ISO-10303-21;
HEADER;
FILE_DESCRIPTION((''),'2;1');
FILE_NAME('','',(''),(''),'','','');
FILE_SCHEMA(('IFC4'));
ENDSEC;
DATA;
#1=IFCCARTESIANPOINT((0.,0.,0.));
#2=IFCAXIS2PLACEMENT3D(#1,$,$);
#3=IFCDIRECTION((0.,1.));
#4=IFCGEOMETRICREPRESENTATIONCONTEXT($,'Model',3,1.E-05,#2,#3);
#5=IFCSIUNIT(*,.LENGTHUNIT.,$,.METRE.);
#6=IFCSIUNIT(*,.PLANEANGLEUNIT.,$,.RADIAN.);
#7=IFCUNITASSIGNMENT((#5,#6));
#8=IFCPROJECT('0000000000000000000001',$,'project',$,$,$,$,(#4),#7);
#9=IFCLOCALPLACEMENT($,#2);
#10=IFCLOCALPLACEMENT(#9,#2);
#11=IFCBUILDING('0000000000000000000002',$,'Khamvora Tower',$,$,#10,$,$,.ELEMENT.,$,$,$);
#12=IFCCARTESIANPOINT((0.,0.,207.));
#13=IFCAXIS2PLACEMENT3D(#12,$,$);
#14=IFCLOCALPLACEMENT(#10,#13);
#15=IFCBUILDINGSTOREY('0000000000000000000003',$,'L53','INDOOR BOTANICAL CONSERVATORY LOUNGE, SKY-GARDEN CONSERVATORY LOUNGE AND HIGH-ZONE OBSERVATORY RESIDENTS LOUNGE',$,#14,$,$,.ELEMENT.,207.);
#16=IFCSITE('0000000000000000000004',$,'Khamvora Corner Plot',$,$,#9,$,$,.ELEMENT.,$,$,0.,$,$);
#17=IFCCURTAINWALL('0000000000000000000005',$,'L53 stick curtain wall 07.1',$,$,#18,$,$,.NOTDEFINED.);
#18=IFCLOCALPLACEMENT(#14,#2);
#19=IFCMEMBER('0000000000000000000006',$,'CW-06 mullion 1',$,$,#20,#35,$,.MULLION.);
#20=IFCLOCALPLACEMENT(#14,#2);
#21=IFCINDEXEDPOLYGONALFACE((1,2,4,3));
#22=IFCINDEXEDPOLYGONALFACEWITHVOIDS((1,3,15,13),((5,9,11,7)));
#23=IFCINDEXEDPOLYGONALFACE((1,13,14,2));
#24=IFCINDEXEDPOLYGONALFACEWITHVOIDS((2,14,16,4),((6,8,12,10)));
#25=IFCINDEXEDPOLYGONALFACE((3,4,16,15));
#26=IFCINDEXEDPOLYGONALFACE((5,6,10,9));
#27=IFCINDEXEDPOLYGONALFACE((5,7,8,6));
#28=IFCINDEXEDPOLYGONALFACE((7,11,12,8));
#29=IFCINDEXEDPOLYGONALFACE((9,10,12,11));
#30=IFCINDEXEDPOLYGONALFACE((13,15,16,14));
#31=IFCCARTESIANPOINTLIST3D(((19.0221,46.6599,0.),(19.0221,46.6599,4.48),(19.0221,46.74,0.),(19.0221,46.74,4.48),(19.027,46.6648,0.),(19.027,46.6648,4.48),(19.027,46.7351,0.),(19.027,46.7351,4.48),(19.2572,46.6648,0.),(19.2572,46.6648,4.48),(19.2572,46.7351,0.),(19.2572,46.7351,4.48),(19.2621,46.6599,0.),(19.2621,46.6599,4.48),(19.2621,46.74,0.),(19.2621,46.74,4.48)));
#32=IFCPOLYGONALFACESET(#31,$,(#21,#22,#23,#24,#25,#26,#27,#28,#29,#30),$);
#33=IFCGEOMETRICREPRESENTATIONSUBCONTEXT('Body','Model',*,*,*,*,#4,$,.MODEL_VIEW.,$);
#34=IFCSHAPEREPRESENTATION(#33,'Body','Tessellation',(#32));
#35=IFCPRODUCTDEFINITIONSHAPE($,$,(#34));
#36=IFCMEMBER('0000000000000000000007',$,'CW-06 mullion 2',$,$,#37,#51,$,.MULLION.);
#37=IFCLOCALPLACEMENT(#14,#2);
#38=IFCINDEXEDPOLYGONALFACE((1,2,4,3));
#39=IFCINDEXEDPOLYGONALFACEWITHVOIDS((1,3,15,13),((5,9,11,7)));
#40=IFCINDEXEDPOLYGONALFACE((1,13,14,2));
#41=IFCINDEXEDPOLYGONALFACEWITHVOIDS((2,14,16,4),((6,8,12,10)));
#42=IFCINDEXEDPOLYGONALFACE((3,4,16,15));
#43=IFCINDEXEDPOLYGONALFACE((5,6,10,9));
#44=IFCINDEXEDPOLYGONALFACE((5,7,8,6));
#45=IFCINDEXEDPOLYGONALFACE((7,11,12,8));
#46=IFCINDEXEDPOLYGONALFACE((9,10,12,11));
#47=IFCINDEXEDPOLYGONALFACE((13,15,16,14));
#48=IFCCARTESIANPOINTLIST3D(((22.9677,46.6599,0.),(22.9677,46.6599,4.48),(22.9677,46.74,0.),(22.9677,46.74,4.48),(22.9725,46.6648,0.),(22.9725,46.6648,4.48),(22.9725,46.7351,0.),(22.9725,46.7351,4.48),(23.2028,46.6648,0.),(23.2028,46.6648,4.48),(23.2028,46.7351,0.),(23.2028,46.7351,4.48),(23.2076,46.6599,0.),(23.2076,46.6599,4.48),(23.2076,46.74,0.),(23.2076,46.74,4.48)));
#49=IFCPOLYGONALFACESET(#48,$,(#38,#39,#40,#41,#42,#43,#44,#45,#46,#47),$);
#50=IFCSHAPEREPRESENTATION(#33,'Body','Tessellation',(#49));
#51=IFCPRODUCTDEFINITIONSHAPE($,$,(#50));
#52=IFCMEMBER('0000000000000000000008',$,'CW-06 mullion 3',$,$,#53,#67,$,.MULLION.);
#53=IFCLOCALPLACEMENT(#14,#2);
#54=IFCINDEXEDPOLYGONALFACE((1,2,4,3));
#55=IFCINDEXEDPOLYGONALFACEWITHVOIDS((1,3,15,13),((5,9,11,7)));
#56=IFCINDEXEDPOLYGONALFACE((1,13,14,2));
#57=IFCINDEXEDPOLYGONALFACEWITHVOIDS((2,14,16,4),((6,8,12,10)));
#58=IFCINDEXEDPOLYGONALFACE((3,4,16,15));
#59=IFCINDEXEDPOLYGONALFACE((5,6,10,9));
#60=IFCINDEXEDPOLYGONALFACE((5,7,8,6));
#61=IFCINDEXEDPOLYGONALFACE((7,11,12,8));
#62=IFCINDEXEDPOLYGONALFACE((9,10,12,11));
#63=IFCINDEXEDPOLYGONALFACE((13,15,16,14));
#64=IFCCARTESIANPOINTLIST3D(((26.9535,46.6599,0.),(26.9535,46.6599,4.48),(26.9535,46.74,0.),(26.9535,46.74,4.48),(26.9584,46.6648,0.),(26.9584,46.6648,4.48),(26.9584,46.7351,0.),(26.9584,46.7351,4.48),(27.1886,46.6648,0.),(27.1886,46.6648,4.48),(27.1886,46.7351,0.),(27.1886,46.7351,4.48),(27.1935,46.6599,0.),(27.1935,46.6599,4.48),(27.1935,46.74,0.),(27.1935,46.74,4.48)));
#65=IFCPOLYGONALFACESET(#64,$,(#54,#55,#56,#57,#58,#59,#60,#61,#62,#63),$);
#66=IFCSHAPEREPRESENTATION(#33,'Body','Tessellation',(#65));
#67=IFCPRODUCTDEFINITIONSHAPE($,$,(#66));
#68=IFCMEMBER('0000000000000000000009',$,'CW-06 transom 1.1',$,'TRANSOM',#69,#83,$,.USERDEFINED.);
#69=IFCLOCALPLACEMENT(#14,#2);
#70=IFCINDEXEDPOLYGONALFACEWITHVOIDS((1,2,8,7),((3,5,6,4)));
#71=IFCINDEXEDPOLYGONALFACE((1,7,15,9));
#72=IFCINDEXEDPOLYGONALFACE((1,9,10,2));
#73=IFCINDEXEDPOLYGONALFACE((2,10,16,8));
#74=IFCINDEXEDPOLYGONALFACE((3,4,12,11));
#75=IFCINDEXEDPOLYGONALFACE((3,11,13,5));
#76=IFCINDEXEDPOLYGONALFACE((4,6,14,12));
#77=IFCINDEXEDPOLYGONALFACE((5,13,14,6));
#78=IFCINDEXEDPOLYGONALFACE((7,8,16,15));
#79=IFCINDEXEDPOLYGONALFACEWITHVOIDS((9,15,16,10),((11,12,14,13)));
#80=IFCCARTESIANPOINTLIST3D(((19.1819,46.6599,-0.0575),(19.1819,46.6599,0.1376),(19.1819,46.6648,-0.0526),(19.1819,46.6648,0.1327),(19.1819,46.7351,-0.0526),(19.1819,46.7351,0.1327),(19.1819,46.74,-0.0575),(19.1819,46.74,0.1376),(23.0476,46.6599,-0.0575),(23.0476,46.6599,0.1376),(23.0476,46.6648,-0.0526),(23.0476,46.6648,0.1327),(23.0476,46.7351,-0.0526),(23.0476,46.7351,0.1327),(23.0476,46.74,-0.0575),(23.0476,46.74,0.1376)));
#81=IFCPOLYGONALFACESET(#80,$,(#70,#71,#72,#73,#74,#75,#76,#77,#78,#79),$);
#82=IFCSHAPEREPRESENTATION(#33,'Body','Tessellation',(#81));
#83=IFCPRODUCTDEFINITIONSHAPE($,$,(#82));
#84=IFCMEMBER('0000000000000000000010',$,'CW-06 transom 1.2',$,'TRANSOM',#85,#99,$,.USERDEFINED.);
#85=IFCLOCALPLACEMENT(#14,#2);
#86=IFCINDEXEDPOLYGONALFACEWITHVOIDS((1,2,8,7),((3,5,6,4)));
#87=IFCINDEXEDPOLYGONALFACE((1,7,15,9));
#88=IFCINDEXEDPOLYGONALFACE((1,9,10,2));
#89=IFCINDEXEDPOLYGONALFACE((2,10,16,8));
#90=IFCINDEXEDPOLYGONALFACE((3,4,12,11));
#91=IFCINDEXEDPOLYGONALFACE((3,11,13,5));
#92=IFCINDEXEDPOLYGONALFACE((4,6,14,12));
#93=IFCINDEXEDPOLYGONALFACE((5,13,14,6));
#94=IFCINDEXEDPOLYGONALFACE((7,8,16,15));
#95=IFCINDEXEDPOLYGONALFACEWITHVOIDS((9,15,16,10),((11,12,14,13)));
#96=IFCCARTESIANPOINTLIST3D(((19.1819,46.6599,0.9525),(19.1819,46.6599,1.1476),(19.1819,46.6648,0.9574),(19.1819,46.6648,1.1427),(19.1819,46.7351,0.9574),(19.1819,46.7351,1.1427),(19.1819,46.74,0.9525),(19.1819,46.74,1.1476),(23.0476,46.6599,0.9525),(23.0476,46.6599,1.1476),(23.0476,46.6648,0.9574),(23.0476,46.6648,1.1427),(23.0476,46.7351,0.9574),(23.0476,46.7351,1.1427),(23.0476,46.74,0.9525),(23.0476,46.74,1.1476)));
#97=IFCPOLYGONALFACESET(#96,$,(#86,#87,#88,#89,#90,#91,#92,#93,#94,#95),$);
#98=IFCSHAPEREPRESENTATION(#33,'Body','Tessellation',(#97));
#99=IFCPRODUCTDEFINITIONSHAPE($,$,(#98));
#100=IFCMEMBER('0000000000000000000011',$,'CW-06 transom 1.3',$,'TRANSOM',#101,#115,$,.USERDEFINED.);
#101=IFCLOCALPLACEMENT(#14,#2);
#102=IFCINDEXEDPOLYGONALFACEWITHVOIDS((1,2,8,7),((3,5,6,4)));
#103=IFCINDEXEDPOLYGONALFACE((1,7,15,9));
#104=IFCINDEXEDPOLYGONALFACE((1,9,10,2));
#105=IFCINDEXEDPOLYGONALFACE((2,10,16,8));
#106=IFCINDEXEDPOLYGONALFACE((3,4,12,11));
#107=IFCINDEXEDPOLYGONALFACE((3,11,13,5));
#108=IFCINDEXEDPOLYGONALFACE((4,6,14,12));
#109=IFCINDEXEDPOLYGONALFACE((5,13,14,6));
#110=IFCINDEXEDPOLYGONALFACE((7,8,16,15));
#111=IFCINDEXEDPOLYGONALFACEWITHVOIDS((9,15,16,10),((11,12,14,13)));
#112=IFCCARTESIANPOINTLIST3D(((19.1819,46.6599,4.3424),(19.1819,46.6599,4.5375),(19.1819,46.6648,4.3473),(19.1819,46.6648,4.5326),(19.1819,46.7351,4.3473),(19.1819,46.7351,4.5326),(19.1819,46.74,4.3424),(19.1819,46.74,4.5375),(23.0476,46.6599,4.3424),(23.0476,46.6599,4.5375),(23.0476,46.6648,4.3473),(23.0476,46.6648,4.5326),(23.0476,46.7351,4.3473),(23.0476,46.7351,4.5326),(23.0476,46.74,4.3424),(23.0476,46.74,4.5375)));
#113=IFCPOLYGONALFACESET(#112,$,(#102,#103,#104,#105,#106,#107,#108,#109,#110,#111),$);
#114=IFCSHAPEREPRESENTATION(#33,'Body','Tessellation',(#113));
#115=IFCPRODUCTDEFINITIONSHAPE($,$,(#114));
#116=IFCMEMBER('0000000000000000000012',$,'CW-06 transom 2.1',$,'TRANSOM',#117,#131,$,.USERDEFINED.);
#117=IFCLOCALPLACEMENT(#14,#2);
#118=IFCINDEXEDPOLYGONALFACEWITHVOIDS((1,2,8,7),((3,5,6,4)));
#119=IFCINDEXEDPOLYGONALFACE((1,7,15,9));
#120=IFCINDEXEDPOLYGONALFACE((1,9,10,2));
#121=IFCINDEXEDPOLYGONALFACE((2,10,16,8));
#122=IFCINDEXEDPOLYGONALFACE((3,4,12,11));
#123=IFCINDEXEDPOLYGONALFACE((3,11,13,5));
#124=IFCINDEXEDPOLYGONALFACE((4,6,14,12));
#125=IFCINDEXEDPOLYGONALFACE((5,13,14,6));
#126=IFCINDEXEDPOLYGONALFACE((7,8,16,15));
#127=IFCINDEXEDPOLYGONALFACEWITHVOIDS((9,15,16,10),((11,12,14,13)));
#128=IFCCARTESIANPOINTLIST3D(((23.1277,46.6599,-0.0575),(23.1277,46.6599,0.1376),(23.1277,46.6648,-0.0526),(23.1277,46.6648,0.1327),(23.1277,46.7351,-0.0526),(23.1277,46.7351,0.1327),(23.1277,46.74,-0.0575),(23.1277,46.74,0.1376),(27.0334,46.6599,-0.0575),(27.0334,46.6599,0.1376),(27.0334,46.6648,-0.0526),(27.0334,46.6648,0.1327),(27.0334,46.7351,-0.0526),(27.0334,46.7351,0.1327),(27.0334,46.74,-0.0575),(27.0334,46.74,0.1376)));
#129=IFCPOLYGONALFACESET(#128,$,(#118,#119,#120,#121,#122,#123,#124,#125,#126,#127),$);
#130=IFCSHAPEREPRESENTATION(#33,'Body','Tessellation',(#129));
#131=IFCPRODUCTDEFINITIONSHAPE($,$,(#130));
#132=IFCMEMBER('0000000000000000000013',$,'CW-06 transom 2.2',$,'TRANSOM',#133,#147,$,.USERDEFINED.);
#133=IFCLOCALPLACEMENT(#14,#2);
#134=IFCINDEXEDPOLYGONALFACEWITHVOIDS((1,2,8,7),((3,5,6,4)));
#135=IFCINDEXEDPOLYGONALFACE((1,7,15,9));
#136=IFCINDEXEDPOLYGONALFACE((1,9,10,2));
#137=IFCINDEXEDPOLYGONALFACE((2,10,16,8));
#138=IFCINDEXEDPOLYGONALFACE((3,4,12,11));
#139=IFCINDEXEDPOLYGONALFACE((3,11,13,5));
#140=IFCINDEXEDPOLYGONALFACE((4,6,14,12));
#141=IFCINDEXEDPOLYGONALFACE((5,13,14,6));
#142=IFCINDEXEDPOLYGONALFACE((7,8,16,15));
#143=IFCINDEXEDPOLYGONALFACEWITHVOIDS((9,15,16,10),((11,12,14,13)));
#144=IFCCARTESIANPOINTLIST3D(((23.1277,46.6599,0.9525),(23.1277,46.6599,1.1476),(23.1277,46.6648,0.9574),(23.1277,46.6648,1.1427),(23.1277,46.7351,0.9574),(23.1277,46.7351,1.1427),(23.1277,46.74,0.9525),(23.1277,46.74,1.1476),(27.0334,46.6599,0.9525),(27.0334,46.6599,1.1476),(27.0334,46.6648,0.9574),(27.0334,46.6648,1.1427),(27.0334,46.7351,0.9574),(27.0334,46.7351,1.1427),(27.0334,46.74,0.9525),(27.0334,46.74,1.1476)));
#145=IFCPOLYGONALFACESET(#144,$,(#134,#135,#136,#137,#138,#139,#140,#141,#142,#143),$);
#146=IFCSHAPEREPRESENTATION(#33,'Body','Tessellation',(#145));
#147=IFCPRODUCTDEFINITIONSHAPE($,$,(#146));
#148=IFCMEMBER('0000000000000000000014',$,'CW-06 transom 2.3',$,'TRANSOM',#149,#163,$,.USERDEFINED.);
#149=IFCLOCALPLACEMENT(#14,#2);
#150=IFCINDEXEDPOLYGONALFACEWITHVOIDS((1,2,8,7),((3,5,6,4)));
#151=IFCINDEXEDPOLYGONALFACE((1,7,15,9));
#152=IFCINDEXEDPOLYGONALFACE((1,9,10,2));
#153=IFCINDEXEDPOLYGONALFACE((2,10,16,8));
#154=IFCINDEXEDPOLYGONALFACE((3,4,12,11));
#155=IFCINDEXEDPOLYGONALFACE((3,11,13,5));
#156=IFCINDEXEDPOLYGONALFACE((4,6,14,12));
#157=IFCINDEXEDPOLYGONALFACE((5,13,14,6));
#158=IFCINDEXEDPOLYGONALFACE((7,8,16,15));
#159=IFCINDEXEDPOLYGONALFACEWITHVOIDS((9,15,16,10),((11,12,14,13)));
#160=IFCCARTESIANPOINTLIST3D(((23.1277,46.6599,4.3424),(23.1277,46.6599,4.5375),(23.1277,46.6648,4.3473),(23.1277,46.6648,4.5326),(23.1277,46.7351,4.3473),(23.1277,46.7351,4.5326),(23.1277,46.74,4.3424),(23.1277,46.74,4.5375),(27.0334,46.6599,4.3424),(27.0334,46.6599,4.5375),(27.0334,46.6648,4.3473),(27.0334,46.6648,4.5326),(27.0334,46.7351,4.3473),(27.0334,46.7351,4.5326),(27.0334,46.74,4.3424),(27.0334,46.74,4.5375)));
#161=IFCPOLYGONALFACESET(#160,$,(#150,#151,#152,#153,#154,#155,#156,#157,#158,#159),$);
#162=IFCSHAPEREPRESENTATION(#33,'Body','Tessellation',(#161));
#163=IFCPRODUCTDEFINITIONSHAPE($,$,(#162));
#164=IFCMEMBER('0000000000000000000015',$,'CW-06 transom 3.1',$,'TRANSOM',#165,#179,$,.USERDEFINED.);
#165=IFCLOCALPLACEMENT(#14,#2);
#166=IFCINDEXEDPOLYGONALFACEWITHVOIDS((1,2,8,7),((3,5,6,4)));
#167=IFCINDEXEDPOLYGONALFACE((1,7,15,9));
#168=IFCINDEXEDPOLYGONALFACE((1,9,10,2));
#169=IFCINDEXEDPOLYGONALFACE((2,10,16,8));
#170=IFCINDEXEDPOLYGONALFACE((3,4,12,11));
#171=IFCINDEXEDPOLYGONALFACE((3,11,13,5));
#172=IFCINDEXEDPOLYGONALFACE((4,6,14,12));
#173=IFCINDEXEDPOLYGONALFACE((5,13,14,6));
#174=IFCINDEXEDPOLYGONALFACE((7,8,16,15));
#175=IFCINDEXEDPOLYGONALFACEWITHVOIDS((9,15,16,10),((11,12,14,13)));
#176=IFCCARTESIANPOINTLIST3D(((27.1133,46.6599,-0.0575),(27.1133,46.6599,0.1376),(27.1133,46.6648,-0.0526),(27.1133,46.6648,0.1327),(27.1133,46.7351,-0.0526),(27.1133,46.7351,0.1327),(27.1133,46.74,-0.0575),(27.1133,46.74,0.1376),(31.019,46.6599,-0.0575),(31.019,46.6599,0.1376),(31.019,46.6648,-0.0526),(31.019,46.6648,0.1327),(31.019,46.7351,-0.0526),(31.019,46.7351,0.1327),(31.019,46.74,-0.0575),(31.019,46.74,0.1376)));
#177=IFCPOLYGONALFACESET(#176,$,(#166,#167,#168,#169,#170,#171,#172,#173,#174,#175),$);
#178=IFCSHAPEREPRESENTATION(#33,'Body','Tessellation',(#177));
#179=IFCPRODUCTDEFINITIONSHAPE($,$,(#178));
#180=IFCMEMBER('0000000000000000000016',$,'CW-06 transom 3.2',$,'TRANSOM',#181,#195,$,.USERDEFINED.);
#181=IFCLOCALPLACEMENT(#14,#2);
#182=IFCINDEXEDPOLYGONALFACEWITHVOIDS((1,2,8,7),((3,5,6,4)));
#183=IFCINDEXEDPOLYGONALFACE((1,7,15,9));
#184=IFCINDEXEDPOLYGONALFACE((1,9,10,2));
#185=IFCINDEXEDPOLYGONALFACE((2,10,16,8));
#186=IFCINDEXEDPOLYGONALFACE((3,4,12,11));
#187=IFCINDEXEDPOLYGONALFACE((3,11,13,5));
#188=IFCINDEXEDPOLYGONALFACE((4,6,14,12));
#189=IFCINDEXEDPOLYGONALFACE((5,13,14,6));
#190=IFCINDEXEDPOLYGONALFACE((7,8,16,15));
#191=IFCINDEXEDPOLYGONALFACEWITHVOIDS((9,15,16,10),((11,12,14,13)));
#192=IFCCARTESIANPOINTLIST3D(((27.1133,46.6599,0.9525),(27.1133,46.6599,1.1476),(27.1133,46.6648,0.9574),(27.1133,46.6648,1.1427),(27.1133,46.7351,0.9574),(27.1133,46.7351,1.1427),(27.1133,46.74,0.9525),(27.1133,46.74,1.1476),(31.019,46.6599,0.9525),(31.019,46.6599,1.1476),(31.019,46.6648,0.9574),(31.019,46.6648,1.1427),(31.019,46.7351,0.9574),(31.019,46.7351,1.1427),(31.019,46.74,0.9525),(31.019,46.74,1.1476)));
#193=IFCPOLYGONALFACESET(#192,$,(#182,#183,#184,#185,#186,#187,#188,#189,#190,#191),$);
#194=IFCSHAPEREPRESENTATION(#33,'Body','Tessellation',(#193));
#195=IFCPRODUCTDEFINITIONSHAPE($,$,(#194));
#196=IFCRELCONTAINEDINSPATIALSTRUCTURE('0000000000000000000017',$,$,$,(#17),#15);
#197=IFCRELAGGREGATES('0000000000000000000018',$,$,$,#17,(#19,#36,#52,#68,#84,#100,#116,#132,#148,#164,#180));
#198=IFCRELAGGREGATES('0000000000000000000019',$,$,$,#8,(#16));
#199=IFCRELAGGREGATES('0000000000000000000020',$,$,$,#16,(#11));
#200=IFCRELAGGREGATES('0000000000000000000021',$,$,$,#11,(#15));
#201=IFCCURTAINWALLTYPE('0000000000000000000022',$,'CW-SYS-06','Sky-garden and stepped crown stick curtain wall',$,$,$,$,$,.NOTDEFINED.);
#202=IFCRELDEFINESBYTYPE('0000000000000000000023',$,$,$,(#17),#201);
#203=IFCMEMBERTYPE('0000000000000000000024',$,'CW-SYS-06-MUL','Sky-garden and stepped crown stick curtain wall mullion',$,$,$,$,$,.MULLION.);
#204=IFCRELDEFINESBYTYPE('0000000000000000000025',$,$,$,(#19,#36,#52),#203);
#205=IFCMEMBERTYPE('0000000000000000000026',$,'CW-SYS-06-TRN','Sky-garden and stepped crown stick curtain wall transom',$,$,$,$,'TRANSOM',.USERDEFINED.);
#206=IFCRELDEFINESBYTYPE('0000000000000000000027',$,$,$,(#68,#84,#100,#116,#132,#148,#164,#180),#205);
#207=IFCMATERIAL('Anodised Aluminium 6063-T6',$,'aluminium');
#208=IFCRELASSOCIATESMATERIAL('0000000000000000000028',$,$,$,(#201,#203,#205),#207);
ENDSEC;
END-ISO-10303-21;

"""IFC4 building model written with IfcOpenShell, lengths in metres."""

from ifc_helpers import new_model, si_unit, direction, frame, origin, origin_2d, place, context, subcontext, project, spatial, hollow_rectangle, extrude, material, material_profile, profile_set, type_object, element, aggregate, save


model = new_model("IFC4")

# Units and contexts
model_context = context("Model", 3, precision=1e-05, world=origin(), true_north=direction((0.0, 1.0)))
body_context = subcontext(model_context, "Body", "Model", "MODEL_VIEW")
ifc_project = project(units=[si_unit("LENGTHUNIT", "METRE"), si_unit("PLANEANGLEUNIT", "RADIAN")], contexts=[model_context])

# Site, building, storey
site_placement = place(None, origin())
site = spatial("IfcSite", under=ifc_project, at=site_placement, Name="Khamvora Corner Plot", CompositionType="ELEMENT", RefElevation=0.0)
building_placement = place(site_placement, origin())
building = spatial("IfcBuilding", under=site, at=building_placement, Name="Khamvora Tower", CompositionType="ELEMENT")
storey_placement = place(building_placement, frame((0.0, 0.0, 207.0)))
storey = spatial("IfcBuildingStorey", under=building, at=storey_placement, Name="L53", Description="INDOOR BOTANICAL CONSERVATORY LOUNGE, SKY-GARDEN CONSERVATORY LOUNGE AND HIGH-ZONE OBSERVATORY RESIDENTS LOUNGE", CompositionType="ELEMENT", Elevation=207.0)

# Curtain wall, members
ifc_material_1 = material(Name="Anodised Aluminium 6063-T6", Category="aluminium")
curtain_wall_type = type_object("IfcCurtainWallType", Name="CW-SYS-06", Description="Sky-garden and stepped crown stick curtain wall", PredefinedType="NOTDEFINED", material=ifc_material_1)
curtain_wall_placement = place(storey_placement, origin())
curtain_wall = element("IfcCurtainWall", 1, at=curtain_wall_placement, inside=storey, type_object=curtain_wall_type, Name="L53 stick curtain wall 07.1", PredefinedType="NOTDEFINED")
ifc_material_profile_1 = material_profile(ifc_material_1, hollow_rectangle(XDim=0.0801, YDim=0.24, WallThickness=0.0049, at=origin_2d()), Name="MUL80x240x5")
ifc_profile_set_1 = profile_set([ifc_material_profile_1], Name="Anodised Aluminium 6063-T6")
member_type_1 = type_object("IfcMemberType", Name="CW-SYS-06-MUL", Description="Sky-garden and stepped crown stick curtain wall mullion", PredefinedType="MULLION", material=ifc_profile_set_1)
member_1_placement = place(storey_placement, frame((19.1421, 46.7, 0.0), z_axis=(0.0, 0.0, 1.0), x_axis=(0.0, 1.0, 0.0)))
member_1 = element("IfcMember", 2, at=member_1_placement, type_object=member_type_1, Name="CW-06 mullion 1", PredefinedType="MULLION", context=body_context, shape_type="SweptSolid", body=[
    extrude(hollow_rectangle(XDim=0.0801, YDim=0.24, WallThickness=0.0049, at=origin_2d()), origin(), (0.0, 0.0, 1.0), 4.48),
])
member_2_placement = place(storey_placement, frame((23.0876, 46.7, 0.0), z_axis=(0.0, 0.0, 1.0), x_axis=(0.0, 1.0, 0.0)))
member_2 = element("IfcMember", 3, at=member_2_placement, type_object=member_type_1, Name="CW-06 mullion 2", PredefinedType="MULLION", context=body_context, shape_type="SweptSolid", body=[
    extrude(hollow_rectangle(XDim=0.0801, YDim=0.24, WallThickness=0.0049, at=origin_2d()), origin(), (0.0, 0.0, 1.0), 4.48),
])
member_3_placement = place(storey_placement, frame((27.0735, 46.7, 0.0), z_axis=(0.0, 0.0, 1.0), x_axis=(0.0, 1.0, 0.0)))
member_3 = element("IfcMember", 4, at=member_3_placement, type_object=member_type_1, Name="CW-06 mullion 3", PredefinedType="MULLION", context=body_context, shape_type="SweptSolid", body=[
    extrude(hollow_rectangle(XDim=0.0801, YDim=0.24, WallThickness=0.0049, at=origin_2d()), origin(), (0.0, 0.0, 1.0), 4.48),
])
ifc_material_profile_2 = material_profile(ifc_material_1, hollow_rectangle(XDim=0.0801, YDim=0.1951, WallThickness=0.0049, at=origin_2d()), Name="TRN80x195x5")
ifc_profile_set_2 = profile_set([ifc_material_profile_2], Name="Anodised Aluminium 6063-T6")
member_type_2 = type_object("IfcMemberType", Name="CW-SYS-06-TRN", Description="Sky-garden and stepped crown stick curtain wall transom", ElementType="TRANSOM", PredefinedType="USERDEFINED", material=ifc_profile_set_2)
member_4_placement = place(storey_placement, frame((19.1819, 46.7, 0.04), z_axis=(1.0, 0.0, 0.0), x_axis=(0.0, 1.0, 0.0)))
member_4 = element("IfcMember", 5, at=member_4_placement, type_object=member_type_2, Name="CW-06 transom 1.1", ObjectType="TRANSOM", PredefinedType="USERDEFINED", context=body_context, shape_type="SweptSolid", body=[
    extrude(hollow_rectangle(XDim=0.0801, YDim=0.1951, WallThickness=0.0049, at=origin_2d()), origin(), (0.0, 0.0, 1.0), 3.8657),
])
member_5_placement = place(storey_placement, frame((19.1819, 46.7, 1.05), z_axis=(1.0, 0.0, 0.0), x_axis=(0.0, 1.0, 0.0)))
member_5 = element("IfcMember", 6, at=member_5_placement, type_object=member_type_2, Name="CW-06 transom 1.2", ObjectType="TRANSOM", PredefinedType="USERDEFINED", context=body_context, shape_type="SweptSolid", body=[
    extrude(hollow_rectangle(XDim=0.0801, YDim=0.1951, WallThickness=0.0049, at=origin_2d()), origin(), (0.0, 0.0, 1.0), 3.8657),
])
member_6_placement = place(storey_placement, frame((19.1819, 46.7, 4.4399), z_axis=(1.0, 0.0, 0.0), x_axis=(0.0, 1.0, 0.0)))
member_6 = element("IfcMember", 7, at=member_6_placement, type_object=member_type_2, Name="CW-06 transom 1.3", ObjectType="TRANSOM", PredefinedType="USERDEFINED", context=body_context, shape_type="SweptSolid", body=[
    extrude(hollow_rectangle(XDim=0.0801, YDim=0.1951, WallThickness=0.0049, at=origin_2d()), origin(), (0.0, 0.0, 1.0), 3.8657),
])
member_7_placement = place(storey_placement, frame((23.1277, 46.7, 0.04), z_axis=(1.0, 0.0, 0.0), x_axis=(0.0, 1.0, 0.0)))
member_7 = element("IfcMember", 8, at=member_7_placement, type_object=member_type_2, Name="CW-06 transom 2.1", ObjectType="TRANSOM", PredefinedType="USERDEFINED", context=body_context, shape_type="SweptSolid", body=[
    extrude(hollow_rectangle(XDim=0.0801, YDim=0.1951, WallThickness=0.0049, at=origin_2d()), origin(), (0.0, 0.0, 1.0), 3.9058),
])
member_8_placement = place(storey_placement, frame((23.1277, 46.7, 1.05), z_axis=(1.0, 0.0, 0.0), x_axis=(0.0, 1.0, 0.0)))
member_8 = element("IfcMember", 9, at=member_8_placement, type_object=member_type_2, Name="CW-06 transom 2.2", ObjectType="TRANSOM", PredefinedType="USERDEFINED", context=body_context, shape_type="SweptSolid", body=[
    extrude(hollow_rectangle(XDim=0.0801, YDim=0.1951, WallThickness=0.0049, at=origin_2d()), origin(), (0.0, 0.0, 1.0), 3.9058),
])
member_9_placement = place(storey_placement, frame((23.1277, 46.7, 4.4399), z_axis=(1.0, 0.0, 0.0), x_axis=(0.0, 1.0, 0.0)))
member_9 = element("IfcMember", 10, at=member_9_placement, type_object=member_type_2, Name="CW-06 transom 2.3", ObjectType="TRANSOM", PredefinedType="USERDEFINED", context=body_context, shape_type="SweptSolid", body=[
    extrude(hollow_rectangle(XDim=0.0801, YDim=0.1951, WallThickness=0.0049, at=origin_2d()), origin(), (0.0, 0.0, 1.0), 3.9058),
])
member_10_placement = place(storey_placement, frame((27.1133, 46.7, 0.04), z_axis=(1.0, 0.0, 0.0), x_axis=(0.0, 1.0, 0.0)))
member_10 = element("IfcMember", 11, at=member_10_placement, type_object=member_type_2, Name="CW-06 transom 3.1", ObjectType="TRANSOM", PredefinedType="USERDEFINED", context=body_context, shape_type="SweptSolid", body=[
    extrude(hollow_rectangle(XDim=0.0801, YDim=0.1951, WallThickness=0.0049, at=origin_2d()), origin(), (0.0, 0.0, 1.0), 3.9058),
])
member_11_placement = place(storey_placement, frame((27.1133, 46.7, 1.05), z_axis=(1.0, 0.0, 0.0), x_axis=(0.0, 1.0, 0.0)))
member_11 = element("IfcMember", 12, at=member_11_placement, type_object=member_type_2, Name="CW-06 transom 3.2", ObjectType="TRANSOM", PredefinedType="USERDEFINED", context=body_context, shape_type="SweptSolid", body=[
    extrude(hollow_rectangle(XDim=0.0801, YDim=0.1951, WallThickness=0.0049, at=origin_2d()), origin(), (0.0, 0.0, 1.0), 3.9058),
])
aggregate(curtain_wall, [member_1, member_2, member_3, member_4, member_5, member_6, member_7, member_8, member_9, member_10, member_11])

save(model, "model.ifc")
